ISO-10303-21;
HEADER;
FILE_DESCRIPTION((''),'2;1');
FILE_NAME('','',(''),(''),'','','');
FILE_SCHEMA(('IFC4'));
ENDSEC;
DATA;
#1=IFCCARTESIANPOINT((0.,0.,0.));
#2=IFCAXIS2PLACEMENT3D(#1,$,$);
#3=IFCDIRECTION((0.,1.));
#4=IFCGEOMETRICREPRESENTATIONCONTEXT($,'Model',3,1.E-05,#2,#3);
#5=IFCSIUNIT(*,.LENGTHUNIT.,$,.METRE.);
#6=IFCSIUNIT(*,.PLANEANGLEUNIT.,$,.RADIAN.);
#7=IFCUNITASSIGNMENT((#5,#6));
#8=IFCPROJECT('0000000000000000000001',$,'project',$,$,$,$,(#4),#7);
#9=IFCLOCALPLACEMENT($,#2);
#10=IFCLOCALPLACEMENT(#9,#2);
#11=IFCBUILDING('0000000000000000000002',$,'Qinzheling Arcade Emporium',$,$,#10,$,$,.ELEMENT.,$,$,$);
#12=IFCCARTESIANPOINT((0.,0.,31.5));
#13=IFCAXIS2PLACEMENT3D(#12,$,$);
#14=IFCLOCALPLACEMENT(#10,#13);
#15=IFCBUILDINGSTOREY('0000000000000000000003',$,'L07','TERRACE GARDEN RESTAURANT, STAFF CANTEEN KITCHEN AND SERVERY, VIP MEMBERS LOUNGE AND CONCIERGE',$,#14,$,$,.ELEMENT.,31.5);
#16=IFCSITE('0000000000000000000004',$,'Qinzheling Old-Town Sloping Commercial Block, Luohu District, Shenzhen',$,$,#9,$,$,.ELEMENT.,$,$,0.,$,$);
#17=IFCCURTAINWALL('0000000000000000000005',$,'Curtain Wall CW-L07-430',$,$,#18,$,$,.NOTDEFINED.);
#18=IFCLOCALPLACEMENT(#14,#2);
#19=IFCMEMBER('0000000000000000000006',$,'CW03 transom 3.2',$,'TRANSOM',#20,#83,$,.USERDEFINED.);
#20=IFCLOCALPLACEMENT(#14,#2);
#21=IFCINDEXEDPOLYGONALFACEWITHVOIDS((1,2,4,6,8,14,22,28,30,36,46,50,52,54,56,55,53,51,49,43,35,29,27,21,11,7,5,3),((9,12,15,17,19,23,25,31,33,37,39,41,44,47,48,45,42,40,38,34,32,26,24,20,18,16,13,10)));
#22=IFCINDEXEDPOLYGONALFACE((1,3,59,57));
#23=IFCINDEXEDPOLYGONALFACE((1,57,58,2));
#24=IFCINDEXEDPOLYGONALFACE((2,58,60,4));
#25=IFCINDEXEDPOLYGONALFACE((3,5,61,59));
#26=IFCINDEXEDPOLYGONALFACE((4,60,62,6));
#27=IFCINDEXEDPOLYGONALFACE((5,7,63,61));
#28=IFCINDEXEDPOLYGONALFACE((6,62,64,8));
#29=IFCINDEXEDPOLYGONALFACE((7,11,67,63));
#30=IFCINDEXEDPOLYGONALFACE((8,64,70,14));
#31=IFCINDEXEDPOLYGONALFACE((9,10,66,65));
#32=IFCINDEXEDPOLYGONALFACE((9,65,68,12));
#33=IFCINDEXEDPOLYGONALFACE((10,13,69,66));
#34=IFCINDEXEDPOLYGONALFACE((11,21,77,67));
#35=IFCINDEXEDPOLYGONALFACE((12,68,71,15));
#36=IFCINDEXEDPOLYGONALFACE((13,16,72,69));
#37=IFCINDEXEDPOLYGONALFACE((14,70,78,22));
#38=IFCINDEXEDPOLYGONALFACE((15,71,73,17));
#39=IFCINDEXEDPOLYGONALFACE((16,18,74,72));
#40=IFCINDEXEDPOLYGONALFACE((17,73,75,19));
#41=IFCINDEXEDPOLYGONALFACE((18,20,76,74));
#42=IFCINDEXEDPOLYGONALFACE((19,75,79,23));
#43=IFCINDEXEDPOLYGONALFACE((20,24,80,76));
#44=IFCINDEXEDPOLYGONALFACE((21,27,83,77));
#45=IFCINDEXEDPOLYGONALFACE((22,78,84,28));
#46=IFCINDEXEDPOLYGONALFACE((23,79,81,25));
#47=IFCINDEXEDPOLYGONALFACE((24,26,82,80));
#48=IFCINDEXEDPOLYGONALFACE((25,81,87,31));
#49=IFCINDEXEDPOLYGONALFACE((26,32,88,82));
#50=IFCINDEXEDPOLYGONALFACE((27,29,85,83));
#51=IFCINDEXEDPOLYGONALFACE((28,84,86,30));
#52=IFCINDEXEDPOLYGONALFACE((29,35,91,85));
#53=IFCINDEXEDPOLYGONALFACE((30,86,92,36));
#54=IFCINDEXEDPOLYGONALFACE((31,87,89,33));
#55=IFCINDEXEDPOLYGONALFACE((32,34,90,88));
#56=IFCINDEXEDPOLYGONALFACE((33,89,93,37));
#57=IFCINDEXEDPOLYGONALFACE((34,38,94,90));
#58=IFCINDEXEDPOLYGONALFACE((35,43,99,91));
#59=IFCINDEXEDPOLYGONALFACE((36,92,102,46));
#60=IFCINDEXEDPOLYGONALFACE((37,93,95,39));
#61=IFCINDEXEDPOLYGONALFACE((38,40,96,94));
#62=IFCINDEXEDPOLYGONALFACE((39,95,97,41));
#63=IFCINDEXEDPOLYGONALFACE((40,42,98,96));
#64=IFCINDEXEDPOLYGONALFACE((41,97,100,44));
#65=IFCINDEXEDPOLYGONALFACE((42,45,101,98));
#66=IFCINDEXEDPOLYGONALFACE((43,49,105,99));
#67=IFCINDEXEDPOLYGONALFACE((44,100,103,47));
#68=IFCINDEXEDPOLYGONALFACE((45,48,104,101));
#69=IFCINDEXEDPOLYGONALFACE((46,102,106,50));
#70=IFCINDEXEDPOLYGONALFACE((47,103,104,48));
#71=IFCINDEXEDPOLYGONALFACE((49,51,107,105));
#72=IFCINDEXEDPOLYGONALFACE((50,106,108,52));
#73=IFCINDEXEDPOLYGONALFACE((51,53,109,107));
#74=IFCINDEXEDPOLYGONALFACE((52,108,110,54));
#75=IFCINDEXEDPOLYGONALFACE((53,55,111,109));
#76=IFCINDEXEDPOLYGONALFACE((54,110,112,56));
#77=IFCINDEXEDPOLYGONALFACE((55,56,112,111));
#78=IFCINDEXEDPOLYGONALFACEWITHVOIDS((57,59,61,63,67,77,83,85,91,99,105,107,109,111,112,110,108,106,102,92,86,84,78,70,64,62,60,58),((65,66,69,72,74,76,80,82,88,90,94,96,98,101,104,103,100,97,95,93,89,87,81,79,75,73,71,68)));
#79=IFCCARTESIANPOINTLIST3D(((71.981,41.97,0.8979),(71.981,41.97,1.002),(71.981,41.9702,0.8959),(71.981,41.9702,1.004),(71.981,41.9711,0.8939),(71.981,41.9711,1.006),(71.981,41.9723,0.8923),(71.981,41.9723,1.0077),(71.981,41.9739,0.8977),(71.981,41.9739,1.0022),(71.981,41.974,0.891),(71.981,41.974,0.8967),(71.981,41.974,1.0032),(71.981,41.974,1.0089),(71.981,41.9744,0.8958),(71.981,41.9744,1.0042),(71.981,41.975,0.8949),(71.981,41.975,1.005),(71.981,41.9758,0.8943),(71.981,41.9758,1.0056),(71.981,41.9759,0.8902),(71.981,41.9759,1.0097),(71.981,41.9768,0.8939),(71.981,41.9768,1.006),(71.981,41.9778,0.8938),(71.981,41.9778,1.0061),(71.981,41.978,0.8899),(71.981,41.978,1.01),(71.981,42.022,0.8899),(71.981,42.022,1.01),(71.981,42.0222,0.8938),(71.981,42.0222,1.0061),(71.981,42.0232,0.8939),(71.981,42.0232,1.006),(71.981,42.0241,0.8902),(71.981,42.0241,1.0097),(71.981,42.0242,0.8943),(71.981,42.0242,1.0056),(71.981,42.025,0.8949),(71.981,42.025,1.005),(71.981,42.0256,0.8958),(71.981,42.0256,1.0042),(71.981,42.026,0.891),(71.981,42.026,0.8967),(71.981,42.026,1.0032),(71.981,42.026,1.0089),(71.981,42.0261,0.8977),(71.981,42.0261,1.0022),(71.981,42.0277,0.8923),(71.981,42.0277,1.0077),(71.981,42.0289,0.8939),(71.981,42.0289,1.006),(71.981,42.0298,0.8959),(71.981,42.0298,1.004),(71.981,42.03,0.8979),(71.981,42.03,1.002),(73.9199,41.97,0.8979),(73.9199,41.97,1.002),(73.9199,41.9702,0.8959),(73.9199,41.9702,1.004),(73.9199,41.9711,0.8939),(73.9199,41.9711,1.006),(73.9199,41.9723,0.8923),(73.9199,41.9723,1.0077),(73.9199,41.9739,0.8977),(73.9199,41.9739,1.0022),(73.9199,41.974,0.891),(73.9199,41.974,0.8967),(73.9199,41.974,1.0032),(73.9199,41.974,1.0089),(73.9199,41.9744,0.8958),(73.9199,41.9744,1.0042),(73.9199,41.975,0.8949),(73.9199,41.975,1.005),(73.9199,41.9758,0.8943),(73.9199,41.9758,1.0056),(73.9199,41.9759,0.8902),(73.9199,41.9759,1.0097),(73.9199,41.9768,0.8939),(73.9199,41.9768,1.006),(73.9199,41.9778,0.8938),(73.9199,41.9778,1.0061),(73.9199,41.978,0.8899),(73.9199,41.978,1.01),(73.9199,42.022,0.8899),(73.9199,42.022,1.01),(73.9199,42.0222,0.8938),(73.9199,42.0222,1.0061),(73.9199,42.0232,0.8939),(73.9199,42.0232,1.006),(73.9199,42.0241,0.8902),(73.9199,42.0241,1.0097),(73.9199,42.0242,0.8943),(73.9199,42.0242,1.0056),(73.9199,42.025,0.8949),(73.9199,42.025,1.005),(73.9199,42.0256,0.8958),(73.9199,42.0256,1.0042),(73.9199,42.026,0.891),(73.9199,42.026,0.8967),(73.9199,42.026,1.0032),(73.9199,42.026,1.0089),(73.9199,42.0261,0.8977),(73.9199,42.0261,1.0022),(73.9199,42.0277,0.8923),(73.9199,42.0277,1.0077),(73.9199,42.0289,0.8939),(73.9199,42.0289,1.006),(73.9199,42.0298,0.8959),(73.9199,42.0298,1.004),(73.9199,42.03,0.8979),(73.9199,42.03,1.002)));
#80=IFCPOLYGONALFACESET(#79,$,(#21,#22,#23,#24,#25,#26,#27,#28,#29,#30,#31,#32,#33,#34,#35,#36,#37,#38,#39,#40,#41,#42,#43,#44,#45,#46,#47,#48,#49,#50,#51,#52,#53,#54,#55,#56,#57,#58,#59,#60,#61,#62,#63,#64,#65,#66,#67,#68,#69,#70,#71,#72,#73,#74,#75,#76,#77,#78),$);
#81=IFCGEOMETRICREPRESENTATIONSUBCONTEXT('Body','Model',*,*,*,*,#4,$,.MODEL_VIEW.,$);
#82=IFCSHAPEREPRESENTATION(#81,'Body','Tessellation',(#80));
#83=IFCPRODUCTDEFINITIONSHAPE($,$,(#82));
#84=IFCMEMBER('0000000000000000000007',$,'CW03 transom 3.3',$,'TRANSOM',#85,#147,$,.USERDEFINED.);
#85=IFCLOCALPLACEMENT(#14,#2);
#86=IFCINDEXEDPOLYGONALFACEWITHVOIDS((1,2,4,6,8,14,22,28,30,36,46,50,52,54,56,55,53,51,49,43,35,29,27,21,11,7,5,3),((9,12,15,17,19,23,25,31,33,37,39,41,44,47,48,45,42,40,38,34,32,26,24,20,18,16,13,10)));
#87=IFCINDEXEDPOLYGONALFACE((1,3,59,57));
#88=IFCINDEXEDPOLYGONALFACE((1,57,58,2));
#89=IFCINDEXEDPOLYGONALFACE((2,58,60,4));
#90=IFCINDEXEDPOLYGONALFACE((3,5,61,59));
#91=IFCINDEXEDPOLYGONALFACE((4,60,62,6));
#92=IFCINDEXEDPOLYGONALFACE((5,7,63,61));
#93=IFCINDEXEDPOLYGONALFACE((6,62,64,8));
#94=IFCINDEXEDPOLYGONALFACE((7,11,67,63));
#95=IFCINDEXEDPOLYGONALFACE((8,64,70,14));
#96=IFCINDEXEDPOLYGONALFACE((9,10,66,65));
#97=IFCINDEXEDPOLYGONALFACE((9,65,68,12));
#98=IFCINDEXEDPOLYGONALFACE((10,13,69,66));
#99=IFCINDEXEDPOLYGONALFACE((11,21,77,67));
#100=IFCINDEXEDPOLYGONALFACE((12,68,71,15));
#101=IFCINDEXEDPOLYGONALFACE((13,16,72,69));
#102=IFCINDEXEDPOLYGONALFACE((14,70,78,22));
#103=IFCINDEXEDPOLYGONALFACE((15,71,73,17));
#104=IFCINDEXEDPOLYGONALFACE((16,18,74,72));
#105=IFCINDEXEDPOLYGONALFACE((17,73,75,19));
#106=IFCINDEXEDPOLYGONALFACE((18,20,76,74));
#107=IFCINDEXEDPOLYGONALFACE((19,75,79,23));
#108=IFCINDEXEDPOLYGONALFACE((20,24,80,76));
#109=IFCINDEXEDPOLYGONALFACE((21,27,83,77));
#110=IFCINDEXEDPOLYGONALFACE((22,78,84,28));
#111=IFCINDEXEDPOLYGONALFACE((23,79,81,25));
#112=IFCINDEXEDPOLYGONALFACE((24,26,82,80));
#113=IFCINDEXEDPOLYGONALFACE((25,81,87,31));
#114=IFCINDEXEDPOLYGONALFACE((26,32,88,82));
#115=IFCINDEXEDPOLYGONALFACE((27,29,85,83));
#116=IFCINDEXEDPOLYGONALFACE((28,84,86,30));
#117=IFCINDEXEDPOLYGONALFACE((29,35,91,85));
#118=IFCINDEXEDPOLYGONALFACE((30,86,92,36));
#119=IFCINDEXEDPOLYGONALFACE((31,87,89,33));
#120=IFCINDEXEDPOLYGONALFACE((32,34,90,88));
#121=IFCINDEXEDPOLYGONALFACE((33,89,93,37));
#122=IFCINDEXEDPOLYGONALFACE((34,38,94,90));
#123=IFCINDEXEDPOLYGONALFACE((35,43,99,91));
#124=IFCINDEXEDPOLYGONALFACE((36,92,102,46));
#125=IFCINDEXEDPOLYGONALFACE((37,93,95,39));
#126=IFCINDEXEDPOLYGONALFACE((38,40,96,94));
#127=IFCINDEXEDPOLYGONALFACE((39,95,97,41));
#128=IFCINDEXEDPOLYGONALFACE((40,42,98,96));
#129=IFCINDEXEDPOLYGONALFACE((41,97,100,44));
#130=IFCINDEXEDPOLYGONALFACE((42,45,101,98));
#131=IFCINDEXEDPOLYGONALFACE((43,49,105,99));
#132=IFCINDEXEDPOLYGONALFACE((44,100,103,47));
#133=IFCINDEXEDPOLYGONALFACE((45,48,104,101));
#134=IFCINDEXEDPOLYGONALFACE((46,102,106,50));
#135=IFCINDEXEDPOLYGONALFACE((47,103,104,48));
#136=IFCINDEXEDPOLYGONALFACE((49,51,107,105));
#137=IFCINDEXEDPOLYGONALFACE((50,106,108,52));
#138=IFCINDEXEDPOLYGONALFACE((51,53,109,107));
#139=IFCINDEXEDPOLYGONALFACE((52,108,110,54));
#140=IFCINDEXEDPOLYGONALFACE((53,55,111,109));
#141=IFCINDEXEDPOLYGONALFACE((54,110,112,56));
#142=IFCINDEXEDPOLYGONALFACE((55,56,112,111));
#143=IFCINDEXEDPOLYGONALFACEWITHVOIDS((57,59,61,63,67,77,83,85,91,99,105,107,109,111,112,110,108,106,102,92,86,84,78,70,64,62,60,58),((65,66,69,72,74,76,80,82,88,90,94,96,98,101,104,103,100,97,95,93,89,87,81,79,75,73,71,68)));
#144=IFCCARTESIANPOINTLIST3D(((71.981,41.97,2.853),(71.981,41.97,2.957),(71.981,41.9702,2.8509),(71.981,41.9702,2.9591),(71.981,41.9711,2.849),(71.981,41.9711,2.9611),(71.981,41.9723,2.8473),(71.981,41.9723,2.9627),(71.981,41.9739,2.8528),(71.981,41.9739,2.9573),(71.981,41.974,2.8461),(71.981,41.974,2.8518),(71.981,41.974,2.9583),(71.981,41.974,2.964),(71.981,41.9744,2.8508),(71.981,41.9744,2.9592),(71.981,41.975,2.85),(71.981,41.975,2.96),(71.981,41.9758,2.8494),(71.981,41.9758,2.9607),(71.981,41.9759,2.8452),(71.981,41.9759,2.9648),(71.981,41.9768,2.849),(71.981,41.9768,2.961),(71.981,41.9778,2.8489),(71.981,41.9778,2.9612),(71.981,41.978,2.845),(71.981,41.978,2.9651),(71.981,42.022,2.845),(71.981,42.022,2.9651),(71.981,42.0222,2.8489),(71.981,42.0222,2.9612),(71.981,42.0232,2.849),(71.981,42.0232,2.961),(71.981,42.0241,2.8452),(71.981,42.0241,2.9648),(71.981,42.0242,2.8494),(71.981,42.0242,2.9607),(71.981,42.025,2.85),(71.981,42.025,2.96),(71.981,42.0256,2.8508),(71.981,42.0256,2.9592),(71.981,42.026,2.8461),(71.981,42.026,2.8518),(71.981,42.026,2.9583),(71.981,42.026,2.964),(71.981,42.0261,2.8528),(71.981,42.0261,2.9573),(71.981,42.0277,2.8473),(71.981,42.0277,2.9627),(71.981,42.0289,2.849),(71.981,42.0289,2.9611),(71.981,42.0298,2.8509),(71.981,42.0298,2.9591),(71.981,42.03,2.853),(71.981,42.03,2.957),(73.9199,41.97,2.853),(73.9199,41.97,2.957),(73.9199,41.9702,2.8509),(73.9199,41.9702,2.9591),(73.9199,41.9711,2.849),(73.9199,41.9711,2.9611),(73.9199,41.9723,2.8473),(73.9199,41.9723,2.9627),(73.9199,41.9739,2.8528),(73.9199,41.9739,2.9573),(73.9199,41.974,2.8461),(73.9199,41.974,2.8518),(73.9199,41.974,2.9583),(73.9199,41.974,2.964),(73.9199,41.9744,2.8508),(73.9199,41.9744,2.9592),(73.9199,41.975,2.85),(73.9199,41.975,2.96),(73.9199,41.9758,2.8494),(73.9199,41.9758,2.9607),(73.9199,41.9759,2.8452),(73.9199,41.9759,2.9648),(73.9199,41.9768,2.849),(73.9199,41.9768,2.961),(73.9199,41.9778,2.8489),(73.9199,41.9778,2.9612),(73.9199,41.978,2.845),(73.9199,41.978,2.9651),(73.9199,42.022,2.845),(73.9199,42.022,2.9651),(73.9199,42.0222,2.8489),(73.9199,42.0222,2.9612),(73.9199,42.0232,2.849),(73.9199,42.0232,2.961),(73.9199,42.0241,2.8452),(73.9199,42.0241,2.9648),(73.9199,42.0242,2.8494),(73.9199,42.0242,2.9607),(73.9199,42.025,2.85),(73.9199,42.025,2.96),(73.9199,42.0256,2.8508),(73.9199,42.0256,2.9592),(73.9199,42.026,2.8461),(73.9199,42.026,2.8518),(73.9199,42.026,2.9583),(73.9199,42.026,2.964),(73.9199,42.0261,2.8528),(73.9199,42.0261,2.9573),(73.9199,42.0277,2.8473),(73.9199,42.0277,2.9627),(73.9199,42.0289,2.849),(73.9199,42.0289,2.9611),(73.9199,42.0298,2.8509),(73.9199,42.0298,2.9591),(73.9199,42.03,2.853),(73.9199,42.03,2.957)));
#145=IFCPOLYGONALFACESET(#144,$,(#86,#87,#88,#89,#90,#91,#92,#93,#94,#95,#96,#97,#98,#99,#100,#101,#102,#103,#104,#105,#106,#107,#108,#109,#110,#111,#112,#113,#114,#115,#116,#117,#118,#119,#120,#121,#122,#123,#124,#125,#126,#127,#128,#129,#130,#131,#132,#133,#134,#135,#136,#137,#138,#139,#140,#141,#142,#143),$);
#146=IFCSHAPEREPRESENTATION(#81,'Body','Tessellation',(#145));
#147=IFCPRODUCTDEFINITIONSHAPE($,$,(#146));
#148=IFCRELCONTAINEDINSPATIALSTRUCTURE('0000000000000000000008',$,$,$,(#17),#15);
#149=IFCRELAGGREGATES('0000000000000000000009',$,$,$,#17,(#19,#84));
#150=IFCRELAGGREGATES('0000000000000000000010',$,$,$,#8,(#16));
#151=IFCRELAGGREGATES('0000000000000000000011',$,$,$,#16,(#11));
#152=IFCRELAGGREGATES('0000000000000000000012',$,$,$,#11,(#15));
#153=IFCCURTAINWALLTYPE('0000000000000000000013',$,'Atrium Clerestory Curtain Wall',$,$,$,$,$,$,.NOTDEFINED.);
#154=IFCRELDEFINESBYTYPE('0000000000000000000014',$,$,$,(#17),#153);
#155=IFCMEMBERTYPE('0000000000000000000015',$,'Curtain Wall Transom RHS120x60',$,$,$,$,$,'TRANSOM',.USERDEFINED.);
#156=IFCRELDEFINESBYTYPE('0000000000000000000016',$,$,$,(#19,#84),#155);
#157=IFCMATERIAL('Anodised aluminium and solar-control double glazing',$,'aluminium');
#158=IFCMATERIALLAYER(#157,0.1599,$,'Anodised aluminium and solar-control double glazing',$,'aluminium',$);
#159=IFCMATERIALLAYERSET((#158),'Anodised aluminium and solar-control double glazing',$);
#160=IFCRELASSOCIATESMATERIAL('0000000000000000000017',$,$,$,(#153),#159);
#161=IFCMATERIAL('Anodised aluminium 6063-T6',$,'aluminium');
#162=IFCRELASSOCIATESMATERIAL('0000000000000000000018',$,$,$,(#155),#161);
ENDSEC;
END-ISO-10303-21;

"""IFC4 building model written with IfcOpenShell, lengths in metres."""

from ifc_helpers import new_model, si_unit, direction, frame, origin, origin_2d, place, context, subcontext, project, spatial, hollow_rectangle, extrude, material, layer, layer_set, material_profile, profile_set, type_object, element, aggregate, save


model = new_model("IFC4")

# Units and contexts
model_context = context("Model", 3, precision=1e-05, world=origin(), true_north=direction((0.0, 1.0)))
body_context = subcontext(model_context, "Body", "Model", "MODEL_VIEW")
ifc_project = project(units=[si_unit("LENGTHUNIT", "METRE"), si_unit("PLANEANGLEUNIT", "RADIAN")], contexts=[model_context])

# Site, building, storey
site_placement = place(None, origin())
site = spatial("IfcSite", under=ifc_project, at=site_placement, Name="Qinzheling Old-Town Sloping Commercial Block, Luohu District, Shenzhen", CompositionType="ELEMENT", RefElevation=0.0)
building_placement = place(site_placement, origin())
building = spatial("IfcBuilding", under=site, at=building_placement, Name="Qinzheling Arcade Emporium", CompositionType="ELEMENT")
storey_placement = place(building_placement, frame((0.0, 0.0, 31.5)))
storey = spatial("IfcBuildingStorey", under=building, at=storey_placement, Name="L07", Description="TERRACE GARDEN RESTAURANT, STAFF CANTEEN KITCHEN AND SERVERY, VIP MEMBERS LOUNGE AND CONCIERGE", CompositionType="ELEMENT", Elevation=31.5)

# Curtain wall, members
ifc_material_1 = material(Name="Anodised aluminium and solar-control double glazing", Category="aluminium")
ifc_layer_1 = layer(ifc_material_1, 0.1599, Name="Anodised aluminium and solar-control double glazing", Category="aluminium")
ifc_layer_set_1 = layer_set([ifc_layer_1], Name="Anodised aluminium and solar-control double glazing")
curtain_wall_type = type_object("IfcCurtainWallType", Name="Atrium Clerestory Curtain Wall", PredefinedType="NOTDEFINED", material=ifc_layer_set_1)
curtain_wall_placement = place(storey_placement, origin())
curtain_wall = element("IfcCurtainWall", 1, at=curtain_wall_placement, inside=storey, type_object=curtain_wall_type, Name="Curtain Wall CW-L07-430", PredefinedType="NOTDEFINED")
ifc_material_2 = material(Name="Anodised aluminium 6063-T6", Category="aluminium")
ifc_material_profile_1 = material_profile(ifc_material_2, hollow_rectangle(XDim=0.0601, YDim=0.1201, WallThickness=0.0039, InnerFilletRadius=0.0039, OuterFilletRadius=0.0081, at=origin_2d()), Name="RHS 120x60x4", Category="aluminium")
ifc_profile_set_1 = profile_set([ifc_material_profile_1], Name="Anodised aluminium 6063-T6")
member_type_1 = type_object("IfcMemberType", Name="Curtain Wall Transom RHS120x60", ElementType="TRANSOM", PredefinedType="USERDEFINED", material=ifc_profile_set_1)
member_1_placement = place(storey_placement, frame((73.9199, 42.0, 0.95), z_axis=(-1.0, 0.0, 0.0), x_axis=(0.0, -1.0, 0.0)))
member_1 = element("IfcMember", 2, at=member_1_placement, type_object=member_type_1, Name="CW03 transom 3.2", ObjectType="TRANSOM", PredefinedType="USERDEFINED", context=body_context, shape_type="SweptSolid", body=[
    extrude(hollow_rectangle(XDim=0.0601, YDim=0.1201, WallThickness=0.0039, InnerFilletRadius=0.0039, OuterFilletRadius=0.0081, at=origin_2d()), origin(), (0.0, 0.0, 1.0), 1.939),
])
member_2_placement = place(storey_placement, frame((73.9199, 42.0, 2.905), z_axis=(-1.0, 0.0, 0.0), x_axis=(0.0, -1.0, 0.0)))
member_2 = element("IfcMember", 3, at=member_2_placement, type_object=member_type_1, Name="CW03 transom 3.3", ObjectType="TRANSOM", PredefinedType="USERDEFINED", context=body_context, shape_type="SweptSolid", body=[
    extrude(hollow_rectangle(XDim=0.0601, YDim=0.1201, WallThickness=0.0039, InnerFilletRadius=0.0039, OuterFilletRadius=0.0081, at=origin_2d()), origin(), (0.0, 0.0, 1.0), 1.939),
])

aggregate(curtain_wall, [member_1, member_2])

save(model, "model.ifc")
